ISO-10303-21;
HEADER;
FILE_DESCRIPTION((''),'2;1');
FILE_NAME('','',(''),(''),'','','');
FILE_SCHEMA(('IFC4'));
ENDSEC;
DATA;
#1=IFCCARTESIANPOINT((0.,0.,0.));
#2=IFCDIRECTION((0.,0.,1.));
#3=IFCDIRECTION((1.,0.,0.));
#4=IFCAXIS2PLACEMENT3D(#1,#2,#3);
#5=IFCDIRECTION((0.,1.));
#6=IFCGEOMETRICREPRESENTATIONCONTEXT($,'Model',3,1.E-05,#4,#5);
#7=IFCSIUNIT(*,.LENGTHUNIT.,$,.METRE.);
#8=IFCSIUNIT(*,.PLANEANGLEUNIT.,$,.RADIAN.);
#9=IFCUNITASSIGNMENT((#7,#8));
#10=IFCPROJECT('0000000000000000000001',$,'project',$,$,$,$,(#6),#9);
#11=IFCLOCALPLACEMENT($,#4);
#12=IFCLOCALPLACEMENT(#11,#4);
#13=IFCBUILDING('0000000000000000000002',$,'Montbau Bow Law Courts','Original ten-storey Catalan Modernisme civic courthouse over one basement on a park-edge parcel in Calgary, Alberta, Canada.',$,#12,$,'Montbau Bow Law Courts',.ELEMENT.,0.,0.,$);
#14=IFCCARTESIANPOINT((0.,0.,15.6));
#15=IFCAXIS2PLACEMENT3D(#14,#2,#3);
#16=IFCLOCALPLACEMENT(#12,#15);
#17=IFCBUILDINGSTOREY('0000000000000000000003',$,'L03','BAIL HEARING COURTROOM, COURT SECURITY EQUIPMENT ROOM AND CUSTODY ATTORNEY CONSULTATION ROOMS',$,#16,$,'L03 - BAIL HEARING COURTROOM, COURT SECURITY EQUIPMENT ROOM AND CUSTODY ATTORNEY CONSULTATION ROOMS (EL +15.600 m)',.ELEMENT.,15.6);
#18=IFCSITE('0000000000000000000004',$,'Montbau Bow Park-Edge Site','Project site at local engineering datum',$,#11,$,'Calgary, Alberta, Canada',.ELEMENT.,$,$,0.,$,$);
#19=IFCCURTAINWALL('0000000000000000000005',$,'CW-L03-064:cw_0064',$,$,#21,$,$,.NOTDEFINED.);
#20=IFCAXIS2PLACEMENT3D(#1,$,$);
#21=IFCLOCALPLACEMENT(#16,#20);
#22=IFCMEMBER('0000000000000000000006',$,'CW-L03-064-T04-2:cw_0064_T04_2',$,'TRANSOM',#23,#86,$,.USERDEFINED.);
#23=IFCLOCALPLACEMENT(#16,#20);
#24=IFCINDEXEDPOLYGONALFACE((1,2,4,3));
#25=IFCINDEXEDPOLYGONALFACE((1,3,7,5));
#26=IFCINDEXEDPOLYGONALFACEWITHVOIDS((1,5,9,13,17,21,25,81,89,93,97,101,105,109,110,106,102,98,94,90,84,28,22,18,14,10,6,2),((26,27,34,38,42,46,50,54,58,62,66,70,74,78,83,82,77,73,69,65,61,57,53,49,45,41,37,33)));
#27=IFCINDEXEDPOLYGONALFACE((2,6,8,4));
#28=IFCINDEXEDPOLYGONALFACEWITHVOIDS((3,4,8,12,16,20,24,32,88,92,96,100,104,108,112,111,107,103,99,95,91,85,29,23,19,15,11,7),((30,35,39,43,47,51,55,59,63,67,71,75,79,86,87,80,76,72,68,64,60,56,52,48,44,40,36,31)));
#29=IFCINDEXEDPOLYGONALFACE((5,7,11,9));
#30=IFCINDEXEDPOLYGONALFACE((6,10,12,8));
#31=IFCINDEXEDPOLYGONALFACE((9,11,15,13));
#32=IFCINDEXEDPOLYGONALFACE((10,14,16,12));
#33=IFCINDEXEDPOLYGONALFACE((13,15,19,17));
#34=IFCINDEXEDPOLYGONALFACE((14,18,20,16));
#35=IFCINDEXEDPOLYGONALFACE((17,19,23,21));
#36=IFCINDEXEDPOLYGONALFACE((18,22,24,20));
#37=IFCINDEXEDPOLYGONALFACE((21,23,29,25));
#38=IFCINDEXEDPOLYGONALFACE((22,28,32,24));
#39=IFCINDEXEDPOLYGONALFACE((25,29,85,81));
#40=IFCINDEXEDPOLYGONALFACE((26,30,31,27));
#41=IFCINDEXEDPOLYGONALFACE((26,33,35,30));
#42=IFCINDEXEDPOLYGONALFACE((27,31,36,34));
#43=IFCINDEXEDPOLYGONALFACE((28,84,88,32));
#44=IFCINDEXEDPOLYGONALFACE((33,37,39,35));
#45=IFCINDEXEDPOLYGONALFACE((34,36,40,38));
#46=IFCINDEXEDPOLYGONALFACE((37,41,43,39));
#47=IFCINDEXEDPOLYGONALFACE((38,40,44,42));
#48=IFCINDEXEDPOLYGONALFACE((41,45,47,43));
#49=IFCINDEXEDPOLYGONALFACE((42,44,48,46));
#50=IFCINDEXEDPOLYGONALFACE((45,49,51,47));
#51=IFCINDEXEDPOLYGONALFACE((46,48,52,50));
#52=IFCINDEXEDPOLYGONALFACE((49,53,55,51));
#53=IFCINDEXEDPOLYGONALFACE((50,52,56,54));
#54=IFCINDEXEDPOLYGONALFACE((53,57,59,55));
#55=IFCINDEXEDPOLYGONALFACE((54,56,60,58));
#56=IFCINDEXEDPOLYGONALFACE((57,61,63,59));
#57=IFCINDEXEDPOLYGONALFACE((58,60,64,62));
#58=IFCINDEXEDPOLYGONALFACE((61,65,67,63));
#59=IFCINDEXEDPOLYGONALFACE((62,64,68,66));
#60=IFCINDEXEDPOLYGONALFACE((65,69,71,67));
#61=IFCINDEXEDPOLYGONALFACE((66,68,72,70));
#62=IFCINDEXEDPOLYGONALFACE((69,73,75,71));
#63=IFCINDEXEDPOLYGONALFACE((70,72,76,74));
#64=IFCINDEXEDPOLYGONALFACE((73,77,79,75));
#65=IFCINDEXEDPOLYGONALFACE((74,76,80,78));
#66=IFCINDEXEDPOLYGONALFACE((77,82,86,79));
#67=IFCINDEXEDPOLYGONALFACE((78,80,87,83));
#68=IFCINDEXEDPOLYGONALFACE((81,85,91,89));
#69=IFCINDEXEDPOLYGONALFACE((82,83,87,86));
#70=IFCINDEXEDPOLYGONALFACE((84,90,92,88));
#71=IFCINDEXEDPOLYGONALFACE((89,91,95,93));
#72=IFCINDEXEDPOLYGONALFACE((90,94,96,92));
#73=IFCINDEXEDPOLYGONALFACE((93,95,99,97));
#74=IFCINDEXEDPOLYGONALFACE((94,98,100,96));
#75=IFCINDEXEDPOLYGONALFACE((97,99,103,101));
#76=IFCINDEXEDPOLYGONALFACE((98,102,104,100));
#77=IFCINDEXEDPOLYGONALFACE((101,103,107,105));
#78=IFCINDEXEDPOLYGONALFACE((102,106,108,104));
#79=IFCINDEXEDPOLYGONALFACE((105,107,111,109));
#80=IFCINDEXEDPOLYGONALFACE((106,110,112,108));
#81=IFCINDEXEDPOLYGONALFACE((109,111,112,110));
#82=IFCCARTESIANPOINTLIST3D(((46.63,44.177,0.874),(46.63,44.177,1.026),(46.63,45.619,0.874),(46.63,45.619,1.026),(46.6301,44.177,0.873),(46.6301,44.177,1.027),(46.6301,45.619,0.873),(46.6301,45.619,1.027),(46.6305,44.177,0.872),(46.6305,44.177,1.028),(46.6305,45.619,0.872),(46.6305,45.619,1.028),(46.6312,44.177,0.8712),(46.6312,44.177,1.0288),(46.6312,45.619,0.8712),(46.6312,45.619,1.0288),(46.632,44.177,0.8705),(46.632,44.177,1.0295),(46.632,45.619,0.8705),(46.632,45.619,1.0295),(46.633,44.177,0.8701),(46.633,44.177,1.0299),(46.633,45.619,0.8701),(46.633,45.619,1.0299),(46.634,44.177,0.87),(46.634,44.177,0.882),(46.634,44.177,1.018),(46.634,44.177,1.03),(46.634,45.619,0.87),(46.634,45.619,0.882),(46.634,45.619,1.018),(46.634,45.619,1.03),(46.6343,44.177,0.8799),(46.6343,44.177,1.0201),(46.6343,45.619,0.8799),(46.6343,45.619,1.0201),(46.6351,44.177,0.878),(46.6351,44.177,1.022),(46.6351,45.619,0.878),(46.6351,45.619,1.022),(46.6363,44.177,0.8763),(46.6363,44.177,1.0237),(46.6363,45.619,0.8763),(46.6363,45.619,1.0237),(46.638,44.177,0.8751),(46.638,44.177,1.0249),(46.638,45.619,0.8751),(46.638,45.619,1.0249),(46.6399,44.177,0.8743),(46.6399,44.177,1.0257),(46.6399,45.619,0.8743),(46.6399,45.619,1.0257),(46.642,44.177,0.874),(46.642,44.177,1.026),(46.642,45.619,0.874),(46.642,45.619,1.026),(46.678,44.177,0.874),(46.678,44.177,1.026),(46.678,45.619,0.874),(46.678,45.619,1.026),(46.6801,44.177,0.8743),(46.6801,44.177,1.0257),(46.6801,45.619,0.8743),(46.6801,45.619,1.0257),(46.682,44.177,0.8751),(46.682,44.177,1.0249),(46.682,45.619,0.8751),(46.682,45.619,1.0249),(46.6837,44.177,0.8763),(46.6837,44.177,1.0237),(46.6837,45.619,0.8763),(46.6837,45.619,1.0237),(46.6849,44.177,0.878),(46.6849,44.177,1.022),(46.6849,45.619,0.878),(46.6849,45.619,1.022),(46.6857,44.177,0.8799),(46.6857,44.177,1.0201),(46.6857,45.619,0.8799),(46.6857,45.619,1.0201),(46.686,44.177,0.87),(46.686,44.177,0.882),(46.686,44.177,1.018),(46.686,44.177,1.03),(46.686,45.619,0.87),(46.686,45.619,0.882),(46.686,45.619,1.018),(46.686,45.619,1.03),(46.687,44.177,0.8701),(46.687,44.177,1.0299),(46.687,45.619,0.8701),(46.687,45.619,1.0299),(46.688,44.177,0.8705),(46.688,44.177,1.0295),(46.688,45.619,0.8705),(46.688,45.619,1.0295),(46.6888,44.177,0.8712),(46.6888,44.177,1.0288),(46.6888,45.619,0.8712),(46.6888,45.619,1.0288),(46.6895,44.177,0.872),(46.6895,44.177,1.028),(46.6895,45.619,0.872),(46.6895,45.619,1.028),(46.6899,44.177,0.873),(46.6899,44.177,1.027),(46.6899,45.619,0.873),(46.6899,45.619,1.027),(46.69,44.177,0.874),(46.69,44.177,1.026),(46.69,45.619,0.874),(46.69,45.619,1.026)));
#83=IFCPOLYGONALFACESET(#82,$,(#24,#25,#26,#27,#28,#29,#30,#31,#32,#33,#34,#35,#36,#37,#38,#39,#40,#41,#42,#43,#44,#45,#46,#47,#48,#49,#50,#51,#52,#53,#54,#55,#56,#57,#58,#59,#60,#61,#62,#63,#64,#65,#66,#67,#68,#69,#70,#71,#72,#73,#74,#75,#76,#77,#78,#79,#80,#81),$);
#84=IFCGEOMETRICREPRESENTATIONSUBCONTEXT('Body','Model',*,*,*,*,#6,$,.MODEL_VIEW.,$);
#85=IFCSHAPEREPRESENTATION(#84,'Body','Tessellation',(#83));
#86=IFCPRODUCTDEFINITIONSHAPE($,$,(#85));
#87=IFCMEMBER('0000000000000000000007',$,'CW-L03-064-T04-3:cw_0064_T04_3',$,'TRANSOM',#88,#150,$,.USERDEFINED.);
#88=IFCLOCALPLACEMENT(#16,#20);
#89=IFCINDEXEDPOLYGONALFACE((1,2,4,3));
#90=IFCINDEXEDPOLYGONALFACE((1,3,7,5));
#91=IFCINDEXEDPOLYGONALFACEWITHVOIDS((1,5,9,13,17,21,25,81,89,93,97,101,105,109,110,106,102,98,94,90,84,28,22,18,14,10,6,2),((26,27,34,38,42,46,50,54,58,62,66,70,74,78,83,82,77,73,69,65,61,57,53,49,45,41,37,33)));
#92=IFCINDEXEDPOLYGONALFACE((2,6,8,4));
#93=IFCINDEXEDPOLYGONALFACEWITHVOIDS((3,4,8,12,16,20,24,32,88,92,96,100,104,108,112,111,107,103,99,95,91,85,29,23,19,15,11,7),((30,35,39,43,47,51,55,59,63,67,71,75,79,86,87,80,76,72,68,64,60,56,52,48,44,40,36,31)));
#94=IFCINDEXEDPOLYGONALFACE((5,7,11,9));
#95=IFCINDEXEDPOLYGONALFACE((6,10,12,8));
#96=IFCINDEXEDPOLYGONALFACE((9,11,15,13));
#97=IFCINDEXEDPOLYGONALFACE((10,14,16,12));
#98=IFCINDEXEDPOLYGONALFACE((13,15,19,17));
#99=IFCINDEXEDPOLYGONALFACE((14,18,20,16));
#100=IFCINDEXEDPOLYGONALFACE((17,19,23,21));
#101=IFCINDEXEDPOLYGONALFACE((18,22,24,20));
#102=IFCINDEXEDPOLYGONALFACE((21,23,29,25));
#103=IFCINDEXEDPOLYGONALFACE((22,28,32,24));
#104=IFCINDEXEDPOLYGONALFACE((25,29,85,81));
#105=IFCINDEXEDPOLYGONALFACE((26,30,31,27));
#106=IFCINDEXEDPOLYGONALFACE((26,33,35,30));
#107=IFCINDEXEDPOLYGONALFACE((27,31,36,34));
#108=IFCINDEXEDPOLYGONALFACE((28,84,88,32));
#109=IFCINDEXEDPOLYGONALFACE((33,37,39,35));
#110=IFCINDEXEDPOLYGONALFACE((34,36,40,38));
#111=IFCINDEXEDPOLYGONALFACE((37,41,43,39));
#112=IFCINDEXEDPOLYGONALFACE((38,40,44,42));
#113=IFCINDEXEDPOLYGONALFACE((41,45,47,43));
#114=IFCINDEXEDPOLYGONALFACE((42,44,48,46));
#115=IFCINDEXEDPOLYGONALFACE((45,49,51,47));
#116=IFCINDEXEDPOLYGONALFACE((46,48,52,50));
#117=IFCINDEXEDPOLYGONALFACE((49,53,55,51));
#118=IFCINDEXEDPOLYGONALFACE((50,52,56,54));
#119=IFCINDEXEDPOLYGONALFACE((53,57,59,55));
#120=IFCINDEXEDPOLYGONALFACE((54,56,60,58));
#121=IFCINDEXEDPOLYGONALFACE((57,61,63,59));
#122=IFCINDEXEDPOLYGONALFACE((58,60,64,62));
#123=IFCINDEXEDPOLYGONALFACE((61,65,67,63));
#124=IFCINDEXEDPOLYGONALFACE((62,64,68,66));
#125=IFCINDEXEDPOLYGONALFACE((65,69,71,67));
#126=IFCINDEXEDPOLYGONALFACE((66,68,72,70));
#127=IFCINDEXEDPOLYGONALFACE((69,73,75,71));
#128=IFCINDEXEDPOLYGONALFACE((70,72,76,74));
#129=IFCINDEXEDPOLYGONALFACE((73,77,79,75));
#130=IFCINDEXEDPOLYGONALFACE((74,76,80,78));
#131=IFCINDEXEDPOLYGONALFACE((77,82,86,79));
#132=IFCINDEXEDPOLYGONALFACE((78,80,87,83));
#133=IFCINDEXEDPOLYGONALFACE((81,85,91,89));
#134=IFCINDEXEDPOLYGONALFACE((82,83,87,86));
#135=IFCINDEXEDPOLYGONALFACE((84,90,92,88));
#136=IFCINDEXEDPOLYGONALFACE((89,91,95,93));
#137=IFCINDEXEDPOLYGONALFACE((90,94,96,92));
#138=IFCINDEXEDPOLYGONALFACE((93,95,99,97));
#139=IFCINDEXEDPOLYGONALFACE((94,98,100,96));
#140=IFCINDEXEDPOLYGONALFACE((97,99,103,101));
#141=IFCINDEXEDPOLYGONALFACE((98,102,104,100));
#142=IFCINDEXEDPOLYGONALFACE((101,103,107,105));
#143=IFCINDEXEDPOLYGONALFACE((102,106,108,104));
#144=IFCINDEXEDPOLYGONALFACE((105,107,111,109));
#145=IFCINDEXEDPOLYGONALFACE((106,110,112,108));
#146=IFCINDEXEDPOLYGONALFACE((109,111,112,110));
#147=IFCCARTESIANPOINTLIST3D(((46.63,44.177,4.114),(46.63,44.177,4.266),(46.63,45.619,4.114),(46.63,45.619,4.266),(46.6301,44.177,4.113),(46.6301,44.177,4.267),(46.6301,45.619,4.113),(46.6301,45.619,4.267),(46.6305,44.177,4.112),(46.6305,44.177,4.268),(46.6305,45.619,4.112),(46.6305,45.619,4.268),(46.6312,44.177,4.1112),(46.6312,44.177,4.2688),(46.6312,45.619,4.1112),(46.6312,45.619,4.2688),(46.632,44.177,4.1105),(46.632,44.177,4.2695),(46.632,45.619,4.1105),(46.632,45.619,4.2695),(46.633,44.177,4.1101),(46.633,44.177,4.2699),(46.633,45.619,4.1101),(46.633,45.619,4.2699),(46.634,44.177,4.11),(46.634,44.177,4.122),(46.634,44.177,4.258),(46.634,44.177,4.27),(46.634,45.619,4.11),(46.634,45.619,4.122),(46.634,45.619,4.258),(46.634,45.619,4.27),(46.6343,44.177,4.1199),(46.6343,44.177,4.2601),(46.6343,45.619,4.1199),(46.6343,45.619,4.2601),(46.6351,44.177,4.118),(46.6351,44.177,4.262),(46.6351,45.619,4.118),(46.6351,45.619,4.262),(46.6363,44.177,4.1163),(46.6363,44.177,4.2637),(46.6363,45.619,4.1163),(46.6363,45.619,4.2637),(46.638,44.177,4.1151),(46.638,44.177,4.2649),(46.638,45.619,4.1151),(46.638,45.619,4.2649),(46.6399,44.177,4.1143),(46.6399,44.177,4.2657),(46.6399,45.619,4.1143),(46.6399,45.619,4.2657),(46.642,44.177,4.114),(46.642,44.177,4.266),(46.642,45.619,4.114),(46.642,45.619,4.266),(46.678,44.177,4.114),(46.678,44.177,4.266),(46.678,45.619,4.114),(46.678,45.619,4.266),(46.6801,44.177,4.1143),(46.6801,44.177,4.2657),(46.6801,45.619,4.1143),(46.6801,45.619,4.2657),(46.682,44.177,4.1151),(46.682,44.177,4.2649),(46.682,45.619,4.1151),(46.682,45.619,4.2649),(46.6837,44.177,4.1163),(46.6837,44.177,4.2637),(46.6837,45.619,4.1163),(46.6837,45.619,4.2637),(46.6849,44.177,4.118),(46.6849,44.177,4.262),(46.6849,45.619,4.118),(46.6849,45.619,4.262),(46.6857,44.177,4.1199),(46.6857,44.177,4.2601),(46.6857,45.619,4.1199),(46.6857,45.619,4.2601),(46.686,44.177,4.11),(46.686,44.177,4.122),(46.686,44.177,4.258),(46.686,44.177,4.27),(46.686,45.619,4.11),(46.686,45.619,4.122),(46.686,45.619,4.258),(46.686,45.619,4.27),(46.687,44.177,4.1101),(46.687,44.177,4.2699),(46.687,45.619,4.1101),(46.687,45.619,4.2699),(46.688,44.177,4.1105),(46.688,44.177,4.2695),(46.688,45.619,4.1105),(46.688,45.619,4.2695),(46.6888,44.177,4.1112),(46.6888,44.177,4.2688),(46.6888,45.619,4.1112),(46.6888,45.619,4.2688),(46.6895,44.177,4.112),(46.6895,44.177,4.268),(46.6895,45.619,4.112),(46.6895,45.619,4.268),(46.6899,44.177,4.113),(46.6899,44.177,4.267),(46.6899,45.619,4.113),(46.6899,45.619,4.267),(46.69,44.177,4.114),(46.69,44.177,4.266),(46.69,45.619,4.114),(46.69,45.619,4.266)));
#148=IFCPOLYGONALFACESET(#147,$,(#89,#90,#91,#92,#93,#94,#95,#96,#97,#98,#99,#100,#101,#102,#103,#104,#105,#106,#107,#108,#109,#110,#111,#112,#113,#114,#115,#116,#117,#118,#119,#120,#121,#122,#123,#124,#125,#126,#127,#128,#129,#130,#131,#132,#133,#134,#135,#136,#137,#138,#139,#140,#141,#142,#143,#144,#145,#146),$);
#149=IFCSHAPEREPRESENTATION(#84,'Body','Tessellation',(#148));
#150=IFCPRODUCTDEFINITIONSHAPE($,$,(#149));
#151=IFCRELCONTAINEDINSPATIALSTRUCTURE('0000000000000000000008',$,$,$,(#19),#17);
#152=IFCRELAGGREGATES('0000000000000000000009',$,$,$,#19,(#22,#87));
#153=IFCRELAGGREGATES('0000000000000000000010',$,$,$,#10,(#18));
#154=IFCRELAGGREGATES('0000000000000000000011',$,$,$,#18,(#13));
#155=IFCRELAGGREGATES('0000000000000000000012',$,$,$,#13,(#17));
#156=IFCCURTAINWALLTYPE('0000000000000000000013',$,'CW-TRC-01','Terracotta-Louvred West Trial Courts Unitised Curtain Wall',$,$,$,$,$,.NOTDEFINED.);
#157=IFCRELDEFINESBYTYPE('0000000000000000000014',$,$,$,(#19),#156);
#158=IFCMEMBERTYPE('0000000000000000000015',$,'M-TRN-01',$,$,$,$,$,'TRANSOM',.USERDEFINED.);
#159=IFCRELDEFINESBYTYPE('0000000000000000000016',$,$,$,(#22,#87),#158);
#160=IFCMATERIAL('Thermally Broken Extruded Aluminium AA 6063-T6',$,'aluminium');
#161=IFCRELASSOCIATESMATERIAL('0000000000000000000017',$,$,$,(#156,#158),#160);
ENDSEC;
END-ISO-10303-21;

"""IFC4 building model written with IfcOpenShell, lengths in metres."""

from ifc_helpers import new_model, si_unit, direction, frame, origin_with_axes, origin_2d_with_axis, place, context, subcontext, project, spatial, hollow_rectangle, extrude, material, material_profile, profile_set, type_object, element, aggregate, save


model = new_model("IFC4")

# Units and contexts
model_context = context("Model", 3, precision=1e-05, world=origin_with_axes(), true_north=direction((0.0, 1.0)))
body_context = subcontext(model_context, "Body", "Model", "MODEL_VIEW")
ifc_project = project(units=[si_unit("LENGTHUNIT", "METRE"), si_unit("PLANEANGLEUNIT", "RADIAN")], contexts=[model_context])

# Site, building, storey
site_placement = place(None, origin_with_axes())
site = spatial("IfcSite", under=ifc_project, at=site_placement, Name="Montbau Bow Park-Edge Site", Description="Project site at local engineering datum", LongName="Calgary, Alberta, Canada", CompositionType="ELEMENT", RefElevation=0.0)
building_placement = place(site_placement, origin_with_axes())
building = spatial("IfcBuilding", under=site, at=building_placement, Name="Montbau Bow Law Courts", Description="Original ten-storey Catalan Modernisme civic courthouse over one basement on a park-edge parcel in Calgary, Alberta, Canada.", LongName="Montbau Bow Law Courts", CompositionType="ELEMENT", ElevationOfRefHeight=0.0, ElevationOfTerrain=0.0)
storey_placement = place(building_placement, frame((0.0, 0.0, 15.6), z_axis=(0.0, 0.0, 1.0), x_axis=(1.0, 0.0, 0.0)))
storey = spatial("IfcBuildingStorey", under=building, at=storey_placement, Name="L03", Description="BAIL HEARING COURTROOM, COURT SECURITY EQUIPMENT ROOM AND CUSTODY ATTORNEY CONSULTATION ROOMS", LongName="L03 - BAIL HEARING COURTROOM, COURT SECURITY EQUIPMENT ROOM AND CUSTODY ATTORNEY CONSULTATION ROOMS (EL +15.600 m)", CompositionType="ELEMENT", Elevation=15.6)

# Curtain wall, members
ifc_material_1 = material(Name="Thermally Broken Extruded Aluminium AA 6063-T6", Category="aluminium")
curtain_wall_type_1 = type_object("IfcCurtainWallType", Name="CW-TRC-01", Description="Terracotta-Louvred West Trial Courts Unitised Curtain Wall", PredefinedType="NOTDEFINED", material=ifc_material_1)
curtain_wall_1_placement = place(None, frame((46.66, 39.515, 15.6), z_axis=(0.0, 0.0, 1.0), x_axis=(1.0, 0.0, 0.0)))
curtain_wall_1 = element("IfcCurtainWall", 1, at=curtain_wall_1_placement, inside=storey, type_object=curtain_wall_type_1, Name="CW-L03-064:cw_0064", PredefinedType="NOTDEFINED")
ifc_material_profile_1 = material_profile(ifc_material_1, hollow_rectangle(XDim=0.06, YDim=0.16, WallThickness=0.004, InnerFilletRadius=0.008, OuterFilletRadius=0.004, at=origin_2d_with_axis()), Name="CWT-160X60", Category="Main", Priority=0)
ifc_profile_set_1 = profile_set([ifc_material_profile_1], Name="Thermally Broken Extruded Aluminium AA 6063-T6")
member_type_1 = type_object("IfcMemberType", Name="M-TRN-01", ElementType="TRANSOM", PredefinedType="USERDEFINED", material=ifc_profile_set_1)
member_1_placement = place(None, frame((46.66, 44.177, 16.55), z_axis=(0.0, 1.0, 0.0), x_axis=(-1.0, 0.0, 0.0)))
member_1 = element("IfcMember", 2, at=member_1_placement, type_object=member_type_1, Name="CW-L03-064-T04-2:cw_0064_T04_2", ObjectType="TRANSOM", PredefinedType="USERDEFINED", context=body_context, shape_type="SweptSolid", body=[
    extrude(hollow_rectangle(XDim=0.06, YDim=0.16, WallThickness=0.004, InnerFilletRadius=0.008, OuterFilletRadius=0.004, at=origin_2d_with_axis()), origin_with_axes(), (0.0, 0.0, 1.0), 1.442),
])
member_2_placement = place(None, frame((46.66, 44.177, 19.79), z_axis=(0.0, 1.0, 0.0), x_axis=(-1.0, 0.0, 0.0)))
member_2 = element("IfcMember", 3, at=member_2_placement, type_object=member_type_1, Name="CW-L03-064-T04-3:cw_0064_T04_3", ObjectType="TRANSOM", PredefinedType="USERDEFINED", context=body_context, shape_type="SweptSolid", body=[
    extrude(hollow_rectangle(XDim=0.06, YDim=0.16, WallThickness=0.004, InnerFilletRadius=0.008, OuterFilletRadius=0.004, at=origin_2d_with_axis()), origin_with_axes(), (0.0, 0.0, 1.0), 1.442),
])

aggregate(curtain_wall_1, [member_1, member_2])

save(model, "model.ifc")
